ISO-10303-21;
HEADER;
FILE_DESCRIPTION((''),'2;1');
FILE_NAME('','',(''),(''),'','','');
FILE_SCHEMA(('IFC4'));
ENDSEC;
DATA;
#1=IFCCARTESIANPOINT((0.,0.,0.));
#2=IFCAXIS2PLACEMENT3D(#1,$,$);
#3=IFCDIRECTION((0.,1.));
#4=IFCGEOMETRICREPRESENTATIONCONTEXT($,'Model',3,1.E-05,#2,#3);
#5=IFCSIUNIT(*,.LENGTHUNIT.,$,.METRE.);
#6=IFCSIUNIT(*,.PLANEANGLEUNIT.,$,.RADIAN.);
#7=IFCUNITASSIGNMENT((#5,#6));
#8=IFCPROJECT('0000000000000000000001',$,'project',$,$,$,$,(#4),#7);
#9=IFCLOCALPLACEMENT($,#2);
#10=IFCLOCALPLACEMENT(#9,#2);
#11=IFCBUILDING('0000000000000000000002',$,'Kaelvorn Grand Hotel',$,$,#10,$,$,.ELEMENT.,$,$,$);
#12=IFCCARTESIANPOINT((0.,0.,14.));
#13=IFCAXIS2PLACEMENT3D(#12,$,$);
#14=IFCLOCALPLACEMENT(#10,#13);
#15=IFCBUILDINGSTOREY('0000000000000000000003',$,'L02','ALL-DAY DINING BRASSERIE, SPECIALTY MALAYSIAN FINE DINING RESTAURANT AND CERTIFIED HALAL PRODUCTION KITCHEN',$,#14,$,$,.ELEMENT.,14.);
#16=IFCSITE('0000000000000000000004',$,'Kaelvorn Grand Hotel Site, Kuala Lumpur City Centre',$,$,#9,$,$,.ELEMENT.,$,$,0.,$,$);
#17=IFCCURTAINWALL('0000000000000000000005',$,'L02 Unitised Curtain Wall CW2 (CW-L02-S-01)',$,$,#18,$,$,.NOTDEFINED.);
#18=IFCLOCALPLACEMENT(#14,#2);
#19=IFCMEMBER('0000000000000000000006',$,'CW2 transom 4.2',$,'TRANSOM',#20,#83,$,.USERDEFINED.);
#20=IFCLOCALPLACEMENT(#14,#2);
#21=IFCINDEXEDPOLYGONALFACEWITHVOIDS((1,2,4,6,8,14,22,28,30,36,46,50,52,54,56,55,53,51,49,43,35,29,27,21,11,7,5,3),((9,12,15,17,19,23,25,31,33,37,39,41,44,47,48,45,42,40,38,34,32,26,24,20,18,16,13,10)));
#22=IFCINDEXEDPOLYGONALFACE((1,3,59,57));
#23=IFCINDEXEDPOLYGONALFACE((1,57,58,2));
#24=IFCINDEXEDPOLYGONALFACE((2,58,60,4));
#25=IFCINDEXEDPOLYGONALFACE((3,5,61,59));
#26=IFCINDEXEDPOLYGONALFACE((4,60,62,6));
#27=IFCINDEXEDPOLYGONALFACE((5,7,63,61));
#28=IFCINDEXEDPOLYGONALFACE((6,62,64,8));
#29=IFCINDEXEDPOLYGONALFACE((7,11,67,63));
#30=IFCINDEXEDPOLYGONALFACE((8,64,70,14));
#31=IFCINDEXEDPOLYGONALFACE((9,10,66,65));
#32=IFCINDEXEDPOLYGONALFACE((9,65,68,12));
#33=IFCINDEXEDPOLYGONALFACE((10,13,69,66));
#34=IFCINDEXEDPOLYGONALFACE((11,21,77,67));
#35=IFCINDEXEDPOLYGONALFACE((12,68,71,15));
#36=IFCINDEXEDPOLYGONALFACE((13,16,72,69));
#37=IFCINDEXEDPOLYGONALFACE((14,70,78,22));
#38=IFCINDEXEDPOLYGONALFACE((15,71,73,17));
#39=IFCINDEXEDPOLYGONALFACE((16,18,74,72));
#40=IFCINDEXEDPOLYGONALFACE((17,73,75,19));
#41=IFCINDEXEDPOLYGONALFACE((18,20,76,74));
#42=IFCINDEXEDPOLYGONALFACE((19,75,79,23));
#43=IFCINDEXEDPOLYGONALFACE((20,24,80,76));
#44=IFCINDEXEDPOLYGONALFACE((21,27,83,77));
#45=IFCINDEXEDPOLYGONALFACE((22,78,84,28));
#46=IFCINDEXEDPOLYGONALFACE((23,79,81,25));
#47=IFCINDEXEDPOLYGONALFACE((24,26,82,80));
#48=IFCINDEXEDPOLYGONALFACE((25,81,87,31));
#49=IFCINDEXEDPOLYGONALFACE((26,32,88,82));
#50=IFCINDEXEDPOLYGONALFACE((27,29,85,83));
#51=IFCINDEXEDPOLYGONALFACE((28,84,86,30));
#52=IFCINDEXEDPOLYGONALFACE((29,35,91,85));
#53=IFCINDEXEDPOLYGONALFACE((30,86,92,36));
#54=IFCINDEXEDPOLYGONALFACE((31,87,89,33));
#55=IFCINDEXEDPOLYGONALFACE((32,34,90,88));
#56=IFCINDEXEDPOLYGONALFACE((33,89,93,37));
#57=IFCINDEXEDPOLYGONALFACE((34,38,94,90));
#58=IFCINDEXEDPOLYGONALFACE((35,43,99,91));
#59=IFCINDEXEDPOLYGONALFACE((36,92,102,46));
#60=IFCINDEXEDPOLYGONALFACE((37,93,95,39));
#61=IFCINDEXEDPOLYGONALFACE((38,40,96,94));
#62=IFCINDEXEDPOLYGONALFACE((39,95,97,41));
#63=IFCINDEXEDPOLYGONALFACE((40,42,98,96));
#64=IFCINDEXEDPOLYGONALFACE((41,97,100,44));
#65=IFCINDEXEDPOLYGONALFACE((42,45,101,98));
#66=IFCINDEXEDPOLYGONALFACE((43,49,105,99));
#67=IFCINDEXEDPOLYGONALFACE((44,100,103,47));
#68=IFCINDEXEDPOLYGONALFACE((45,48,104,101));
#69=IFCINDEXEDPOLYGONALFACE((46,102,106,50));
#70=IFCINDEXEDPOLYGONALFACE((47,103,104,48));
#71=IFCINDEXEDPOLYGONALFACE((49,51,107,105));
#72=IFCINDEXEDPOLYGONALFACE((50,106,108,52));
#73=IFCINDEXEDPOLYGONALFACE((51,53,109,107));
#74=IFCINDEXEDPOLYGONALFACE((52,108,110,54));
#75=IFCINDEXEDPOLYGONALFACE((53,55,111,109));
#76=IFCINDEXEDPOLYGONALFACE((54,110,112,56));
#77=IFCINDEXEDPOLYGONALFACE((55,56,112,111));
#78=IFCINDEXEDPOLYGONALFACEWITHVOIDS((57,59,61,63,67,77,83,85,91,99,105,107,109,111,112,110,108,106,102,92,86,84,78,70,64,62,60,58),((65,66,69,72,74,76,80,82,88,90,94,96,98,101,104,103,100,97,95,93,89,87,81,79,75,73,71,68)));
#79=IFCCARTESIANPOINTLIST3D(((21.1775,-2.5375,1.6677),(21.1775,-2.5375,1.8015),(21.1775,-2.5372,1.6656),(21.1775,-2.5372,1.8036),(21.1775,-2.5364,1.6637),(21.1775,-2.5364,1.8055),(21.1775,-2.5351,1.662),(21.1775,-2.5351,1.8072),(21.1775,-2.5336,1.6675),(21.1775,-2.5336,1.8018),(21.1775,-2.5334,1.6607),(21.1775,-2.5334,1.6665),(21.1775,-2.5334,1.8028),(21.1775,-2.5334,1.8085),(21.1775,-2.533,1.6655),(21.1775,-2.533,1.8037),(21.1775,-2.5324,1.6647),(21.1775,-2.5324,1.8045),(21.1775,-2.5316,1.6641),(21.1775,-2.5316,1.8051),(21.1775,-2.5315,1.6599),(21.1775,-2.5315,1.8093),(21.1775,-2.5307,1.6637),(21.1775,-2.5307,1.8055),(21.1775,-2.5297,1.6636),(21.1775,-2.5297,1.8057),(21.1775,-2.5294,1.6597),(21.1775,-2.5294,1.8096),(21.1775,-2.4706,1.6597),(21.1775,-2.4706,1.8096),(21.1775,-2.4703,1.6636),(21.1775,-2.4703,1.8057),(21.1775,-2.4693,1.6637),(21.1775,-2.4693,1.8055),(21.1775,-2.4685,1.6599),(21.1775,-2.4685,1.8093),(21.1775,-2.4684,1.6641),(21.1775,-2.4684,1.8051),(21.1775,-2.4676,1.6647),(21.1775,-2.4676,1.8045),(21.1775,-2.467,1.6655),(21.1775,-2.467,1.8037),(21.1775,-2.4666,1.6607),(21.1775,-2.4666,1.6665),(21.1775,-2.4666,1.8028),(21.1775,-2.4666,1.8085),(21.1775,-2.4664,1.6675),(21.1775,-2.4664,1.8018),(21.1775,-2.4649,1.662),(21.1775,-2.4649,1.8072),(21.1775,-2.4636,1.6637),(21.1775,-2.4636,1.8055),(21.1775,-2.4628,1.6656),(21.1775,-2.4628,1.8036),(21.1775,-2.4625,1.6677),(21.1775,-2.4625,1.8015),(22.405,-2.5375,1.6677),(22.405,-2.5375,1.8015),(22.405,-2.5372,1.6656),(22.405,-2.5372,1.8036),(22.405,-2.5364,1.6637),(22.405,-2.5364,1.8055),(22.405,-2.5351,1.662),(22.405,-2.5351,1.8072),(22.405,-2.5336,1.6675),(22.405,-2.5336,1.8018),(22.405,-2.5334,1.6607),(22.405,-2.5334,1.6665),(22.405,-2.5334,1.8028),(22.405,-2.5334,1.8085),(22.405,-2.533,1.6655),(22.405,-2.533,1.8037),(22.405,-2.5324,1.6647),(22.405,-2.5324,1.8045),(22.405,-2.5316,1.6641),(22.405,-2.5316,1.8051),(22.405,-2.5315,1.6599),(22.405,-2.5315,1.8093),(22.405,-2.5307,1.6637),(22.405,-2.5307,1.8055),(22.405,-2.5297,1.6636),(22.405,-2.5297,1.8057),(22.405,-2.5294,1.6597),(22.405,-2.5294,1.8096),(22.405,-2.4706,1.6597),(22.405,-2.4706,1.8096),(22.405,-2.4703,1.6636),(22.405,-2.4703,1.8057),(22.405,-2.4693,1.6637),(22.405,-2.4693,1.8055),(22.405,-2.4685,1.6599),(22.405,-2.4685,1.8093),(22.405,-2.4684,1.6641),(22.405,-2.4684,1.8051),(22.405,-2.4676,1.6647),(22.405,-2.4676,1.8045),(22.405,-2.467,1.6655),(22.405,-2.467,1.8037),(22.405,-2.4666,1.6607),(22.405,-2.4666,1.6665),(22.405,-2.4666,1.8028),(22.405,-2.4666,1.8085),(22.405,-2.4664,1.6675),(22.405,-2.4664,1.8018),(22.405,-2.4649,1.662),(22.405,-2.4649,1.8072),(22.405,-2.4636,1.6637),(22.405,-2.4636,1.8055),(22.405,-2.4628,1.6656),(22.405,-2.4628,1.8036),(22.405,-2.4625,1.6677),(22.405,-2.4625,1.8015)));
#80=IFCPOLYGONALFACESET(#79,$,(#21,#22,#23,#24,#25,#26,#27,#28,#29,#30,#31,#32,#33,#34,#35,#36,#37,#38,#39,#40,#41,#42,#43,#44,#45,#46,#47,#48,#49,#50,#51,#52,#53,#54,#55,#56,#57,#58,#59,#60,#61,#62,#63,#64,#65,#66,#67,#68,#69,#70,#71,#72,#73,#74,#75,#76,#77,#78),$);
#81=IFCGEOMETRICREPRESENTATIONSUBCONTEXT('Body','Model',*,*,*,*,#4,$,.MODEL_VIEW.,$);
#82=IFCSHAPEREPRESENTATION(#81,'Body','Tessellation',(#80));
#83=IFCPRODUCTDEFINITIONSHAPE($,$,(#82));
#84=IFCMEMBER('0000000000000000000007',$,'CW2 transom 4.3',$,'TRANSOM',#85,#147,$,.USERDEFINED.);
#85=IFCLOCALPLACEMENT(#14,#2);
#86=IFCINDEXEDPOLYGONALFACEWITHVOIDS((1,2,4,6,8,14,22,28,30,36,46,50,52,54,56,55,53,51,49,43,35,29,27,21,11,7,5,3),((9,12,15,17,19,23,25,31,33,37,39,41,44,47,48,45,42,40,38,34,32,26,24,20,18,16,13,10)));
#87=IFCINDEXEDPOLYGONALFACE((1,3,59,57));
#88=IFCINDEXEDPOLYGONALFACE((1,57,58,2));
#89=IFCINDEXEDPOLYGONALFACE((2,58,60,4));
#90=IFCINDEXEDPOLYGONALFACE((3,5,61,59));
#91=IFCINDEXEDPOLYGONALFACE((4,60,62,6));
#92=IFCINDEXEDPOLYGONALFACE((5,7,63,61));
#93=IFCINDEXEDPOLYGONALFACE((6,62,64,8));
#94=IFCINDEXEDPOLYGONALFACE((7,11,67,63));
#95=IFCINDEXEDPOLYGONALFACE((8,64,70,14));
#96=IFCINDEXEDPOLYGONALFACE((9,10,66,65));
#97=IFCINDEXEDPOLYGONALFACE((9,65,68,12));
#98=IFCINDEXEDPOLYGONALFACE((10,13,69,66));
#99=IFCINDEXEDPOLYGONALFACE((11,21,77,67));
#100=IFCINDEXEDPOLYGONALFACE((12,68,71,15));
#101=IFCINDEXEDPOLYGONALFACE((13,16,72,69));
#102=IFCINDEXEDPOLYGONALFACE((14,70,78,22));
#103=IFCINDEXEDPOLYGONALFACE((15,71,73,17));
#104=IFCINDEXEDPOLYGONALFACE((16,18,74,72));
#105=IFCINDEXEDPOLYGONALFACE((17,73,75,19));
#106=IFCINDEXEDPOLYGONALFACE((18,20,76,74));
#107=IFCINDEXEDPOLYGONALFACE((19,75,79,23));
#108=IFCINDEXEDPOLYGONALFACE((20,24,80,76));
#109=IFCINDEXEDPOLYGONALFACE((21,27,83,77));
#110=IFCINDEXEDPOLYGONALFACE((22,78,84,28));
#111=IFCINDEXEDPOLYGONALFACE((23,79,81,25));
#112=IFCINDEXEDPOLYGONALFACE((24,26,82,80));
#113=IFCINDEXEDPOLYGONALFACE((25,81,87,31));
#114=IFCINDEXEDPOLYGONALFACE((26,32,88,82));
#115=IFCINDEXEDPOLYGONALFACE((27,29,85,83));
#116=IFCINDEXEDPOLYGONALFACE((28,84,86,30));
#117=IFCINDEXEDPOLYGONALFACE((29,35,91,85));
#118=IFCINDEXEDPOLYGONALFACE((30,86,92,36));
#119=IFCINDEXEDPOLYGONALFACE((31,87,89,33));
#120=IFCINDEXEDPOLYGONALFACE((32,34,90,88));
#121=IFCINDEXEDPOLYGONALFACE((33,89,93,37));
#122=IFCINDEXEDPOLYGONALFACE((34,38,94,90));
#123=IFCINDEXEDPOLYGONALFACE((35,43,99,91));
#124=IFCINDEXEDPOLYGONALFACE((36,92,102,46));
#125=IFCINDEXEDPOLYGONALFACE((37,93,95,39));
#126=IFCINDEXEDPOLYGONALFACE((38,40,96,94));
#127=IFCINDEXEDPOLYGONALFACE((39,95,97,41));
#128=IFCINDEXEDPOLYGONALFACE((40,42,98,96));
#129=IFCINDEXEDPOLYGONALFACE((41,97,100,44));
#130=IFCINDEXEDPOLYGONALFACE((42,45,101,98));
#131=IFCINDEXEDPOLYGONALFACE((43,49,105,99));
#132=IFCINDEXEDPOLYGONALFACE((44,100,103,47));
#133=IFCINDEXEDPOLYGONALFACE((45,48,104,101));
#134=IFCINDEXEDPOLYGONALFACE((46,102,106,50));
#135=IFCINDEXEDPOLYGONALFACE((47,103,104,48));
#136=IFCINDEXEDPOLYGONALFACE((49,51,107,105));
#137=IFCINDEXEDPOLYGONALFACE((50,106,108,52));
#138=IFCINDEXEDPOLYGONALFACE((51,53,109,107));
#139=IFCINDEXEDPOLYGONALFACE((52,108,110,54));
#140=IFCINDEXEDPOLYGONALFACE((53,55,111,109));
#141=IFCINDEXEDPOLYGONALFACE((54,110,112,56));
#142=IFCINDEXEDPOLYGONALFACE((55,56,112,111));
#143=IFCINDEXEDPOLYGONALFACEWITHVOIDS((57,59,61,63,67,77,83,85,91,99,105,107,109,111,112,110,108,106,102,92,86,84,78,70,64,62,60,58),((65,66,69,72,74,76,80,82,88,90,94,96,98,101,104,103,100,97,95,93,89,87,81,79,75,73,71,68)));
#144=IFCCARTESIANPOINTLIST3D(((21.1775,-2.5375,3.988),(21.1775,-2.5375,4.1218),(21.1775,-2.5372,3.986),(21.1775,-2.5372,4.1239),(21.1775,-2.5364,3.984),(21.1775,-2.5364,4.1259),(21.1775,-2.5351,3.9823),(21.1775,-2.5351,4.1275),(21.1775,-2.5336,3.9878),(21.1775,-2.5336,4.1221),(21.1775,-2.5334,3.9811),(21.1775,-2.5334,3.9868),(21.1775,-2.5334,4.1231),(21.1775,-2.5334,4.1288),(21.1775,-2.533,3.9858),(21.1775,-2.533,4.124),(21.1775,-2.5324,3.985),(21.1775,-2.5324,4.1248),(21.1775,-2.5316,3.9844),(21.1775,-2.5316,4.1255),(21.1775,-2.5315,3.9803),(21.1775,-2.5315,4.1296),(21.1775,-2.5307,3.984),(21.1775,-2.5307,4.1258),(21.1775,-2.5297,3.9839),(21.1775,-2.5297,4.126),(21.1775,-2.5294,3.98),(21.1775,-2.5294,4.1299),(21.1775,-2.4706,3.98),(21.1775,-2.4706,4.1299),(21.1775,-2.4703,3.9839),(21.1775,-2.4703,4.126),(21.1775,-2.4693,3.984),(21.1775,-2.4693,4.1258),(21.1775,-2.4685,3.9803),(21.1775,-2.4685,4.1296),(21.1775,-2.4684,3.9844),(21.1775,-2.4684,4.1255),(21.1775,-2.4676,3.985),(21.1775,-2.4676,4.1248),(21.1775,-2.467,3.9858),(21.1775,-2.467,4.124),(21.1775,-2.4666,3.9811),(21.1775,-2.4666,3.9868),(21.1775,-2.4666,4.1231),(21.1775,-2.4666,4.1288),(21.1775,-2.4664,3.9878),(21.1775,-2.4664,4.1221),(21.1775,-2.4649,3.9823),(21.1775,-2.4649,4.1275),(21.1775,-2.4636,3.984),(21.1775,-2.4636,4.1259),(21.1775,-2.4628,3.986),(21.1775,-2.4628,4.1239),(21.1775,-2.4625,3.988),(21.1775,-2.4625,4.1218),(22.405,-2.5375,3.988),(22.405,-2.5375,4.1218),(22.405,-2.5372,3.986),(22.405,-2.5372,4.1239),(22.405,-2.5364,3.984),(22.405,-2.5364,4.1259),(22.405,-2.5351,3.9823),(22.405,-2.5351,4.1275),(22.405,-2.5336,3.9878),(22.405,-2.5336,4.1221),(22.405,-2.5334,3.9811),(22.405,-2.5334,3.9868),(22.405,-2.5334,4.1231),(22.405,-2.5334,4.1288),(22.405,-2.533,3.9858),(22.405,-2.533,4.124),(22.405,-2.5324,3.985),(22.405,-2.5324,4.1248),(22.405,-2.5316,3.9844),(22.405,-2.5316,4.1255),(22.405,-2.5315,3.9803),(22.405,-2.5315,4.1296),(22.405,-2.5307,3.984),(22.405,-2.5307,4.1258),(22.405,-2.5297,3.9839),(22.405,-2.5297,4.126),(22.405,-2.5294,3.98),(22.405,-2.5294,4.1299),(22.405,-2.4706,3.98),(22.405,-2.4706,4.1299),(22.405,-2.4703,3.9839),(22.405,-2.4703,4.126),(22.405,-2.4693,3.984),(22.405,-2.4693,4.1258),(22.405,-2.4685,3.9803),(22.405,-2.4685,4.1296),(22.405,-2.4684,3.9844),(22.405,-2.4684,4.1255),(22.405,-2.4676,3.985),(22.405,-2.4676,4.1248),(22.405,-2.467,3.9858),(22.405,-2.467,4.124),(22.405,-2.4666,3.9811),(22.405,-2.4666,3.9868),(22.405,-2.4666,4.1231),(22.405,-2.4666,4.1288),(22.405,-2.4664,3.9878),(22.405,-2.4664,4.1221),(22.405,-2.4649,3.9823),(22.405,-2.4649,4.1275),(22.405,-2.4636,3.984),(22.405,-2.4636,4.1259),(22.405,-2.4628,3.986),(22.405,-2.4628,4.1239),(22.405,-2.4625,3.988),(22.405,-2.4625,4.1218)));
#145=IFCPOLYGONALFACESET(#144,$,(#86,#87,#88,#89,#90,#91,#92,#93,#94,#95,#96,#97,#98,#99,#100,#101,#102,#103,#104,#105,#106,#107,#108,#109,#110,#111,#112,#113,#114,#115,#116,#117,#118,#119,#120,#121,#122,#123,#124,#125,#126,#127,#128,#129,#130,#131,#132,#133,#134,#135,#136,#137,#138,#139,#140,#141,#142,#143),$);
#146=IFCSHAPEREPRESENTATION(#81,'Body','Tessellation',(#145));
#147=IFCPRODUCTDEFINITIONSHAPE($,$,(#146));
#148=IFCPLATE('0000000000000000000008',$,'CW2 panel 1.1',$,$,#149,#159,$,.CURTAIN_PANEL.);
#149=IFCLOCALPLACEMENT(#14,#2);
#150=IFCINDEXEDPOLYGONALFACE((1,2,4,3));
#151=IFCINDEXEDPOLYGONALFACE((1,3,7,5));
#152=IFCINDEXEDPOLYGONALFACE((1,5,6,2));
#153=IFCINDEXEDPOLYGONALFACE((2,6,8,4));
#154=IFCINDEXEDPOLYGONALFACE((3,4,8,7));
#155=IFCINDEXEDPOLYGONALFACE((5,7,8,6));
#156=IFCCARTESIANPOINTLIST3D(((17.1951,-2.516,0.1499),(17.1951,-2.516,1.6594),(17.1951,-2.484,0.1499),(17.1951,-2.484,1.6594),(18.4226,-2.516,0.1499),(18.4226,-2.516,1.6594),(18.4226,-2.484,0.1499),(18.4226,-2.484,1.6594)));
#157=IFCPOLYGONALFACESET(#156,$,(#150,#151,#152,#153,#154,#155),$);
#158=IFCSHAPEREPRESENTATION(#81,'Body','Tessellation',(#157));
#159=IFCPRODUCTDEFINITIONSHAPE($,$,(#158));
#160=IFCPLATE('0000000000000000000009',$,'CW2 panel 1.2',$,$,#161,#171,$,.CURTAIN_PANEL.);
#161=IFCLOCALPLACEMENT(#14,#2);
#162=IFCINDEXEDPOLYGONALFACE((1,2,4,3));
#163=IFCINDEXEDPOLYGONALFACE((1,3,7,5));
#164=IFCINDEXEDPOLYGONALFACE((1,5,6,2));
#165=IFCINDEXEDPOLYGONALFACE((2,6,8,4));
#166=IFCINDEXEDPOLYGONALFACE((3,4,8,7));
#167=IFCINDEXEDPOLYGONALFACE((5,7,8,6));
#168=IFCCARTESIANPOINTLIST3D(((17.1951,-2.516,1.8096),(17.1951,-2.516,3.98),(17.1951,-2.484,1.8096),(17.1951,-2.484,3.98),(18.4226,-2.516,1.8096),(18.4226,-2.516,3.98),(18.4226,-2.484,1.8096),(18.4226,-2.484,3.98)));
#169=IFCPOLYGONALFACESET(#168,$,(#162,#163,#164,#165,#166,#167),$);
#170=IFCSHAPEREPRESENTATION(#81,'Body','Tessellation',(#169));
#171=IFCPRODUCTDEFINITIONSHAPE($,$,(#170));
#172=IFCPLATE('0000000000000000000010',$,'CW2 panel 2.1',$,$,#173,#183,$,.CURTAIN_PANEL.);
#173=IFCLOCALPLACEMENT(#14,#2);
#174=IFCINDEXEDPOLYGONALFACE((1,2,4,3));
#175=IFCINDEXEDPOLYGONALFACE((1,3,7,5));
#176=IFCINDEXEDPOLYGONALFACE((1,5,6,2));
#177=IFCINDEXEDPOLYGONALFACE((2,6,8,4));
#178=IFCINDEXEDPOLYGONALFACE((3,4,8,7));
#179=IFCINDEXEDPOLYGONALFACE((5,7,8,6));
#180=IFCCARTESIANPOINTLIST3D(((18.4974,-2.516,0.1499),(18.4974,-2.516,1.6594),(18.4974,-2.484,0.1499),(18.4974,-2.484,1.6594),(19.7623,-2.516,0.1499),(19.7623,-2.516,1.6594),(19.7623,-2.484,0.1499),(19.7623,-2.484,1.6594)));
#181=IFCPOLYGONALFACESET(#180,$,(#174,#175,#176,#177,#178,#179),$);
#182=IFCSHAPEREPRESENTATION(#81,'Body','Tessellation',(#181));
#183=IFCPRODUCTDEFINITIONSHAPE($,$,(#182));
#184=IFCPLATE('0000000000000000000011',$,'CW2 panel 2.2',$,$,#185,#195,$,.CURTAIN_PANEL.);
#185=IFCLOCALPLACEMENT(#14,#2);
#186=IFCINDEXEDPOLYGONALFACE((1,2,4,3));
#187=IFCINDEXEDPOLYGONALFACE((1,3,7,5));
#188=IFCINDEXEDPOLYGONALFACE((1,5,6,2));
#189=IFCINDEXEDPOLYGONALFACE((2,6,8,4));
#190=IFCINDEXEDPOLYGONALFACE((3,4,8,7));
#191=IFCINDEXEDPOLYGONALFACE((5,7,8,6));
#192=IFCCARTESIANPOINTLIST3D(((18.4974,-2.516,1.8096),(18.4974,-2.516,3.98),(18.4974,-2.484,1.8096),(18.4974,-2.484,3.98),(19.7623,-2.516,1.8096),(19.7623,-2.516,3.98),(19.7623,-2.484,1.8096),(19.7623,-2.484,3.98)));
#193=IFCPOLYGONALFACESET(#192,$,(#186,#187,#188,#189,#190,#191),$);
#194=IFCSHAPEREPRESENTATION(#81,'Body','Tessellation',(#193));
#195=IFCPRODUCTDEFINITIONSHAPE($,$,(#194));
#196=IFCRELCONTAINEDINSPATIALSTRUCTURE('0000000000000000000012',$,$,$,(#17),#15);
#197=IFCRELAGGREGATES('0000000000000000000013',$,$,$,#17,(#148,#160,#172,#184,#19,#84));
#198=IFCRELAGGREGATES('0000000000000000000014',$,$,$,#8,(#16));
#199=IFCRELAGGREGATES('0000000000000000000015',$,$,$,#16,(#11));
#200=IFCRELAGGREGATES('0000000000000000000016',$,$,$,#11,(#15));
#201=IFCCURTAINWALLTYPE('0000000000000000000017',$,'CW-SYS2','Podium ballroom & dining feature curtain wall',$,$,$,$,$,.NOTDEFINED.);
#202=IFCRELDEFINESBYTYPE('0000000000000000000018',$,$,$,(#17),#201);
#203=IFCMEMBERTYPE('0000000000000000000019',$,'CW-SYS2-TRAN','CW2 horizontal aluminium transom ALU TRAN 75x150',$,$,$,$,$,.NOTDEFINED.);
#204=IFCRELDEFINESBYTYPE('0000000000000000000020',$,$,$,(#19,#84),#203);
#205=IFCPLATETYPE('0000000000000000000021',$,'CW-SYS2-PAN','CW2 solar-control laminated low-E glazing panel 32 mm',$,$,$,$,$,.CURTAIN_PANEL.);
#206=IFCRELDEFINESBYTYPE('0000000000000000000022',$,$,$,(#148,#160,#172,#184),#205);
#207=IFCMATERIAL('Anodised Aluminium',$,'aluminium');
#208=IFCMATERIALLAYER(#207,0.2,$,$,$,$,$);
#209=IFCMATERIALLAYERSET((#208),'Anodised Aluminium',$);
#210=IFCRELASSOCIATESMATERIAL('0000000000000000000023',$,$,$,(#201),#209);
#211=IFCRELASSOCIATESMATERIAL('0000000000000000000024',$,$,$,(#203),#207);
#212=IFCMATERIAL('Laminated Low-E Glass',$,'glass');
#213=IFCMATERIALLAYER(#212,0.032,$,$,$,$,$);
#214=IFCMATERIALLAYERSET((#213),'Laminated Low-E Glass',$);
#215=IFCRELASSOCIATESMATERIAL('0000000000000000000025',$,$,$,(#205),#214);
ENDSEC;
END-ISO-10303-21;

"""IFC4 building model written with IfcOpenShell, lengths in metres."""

from ifc_helpers import new_model, si_unit, direction, frame, origin, origin_2d, place, context, subcontext, project, spatial, rectangle, hollow_rectangle, extrude, material, layer, layer_set, material_profile, profile_set, type_object, element, aggregate, save


model = new_model("IFC4")

# Units and contexts
model_context = context("Model", 3, precision=1e-05, world=origin(), true_north=direction((0.0, 1.0)))
body_context = subcontext(model_context, "Body", "Model", "MODEL_VIEW")
ifc_project = project(units=[si_unit("LENGTHUNIT", "METRE"), si_unit("PLANEANGLEUNIT", "RADIAN")], contexts=[model_context])

# Site, building, storey
site_placement = place(None, origin())
site = spatial("IfcSite", under=ifc_project, at=site_placement, Name="Kaelvorn Grand Hotel Site, Kuala Lumpur City Centre", CompositionType="ELEMENT", RefElevation=0.0)
building_placement = place(site_placement, origin())
building = spatial("IfcBuilding", under=site, at=building_placement, Name="Kaelvorn Grand Hotel", CompositionType="ELEMENT")
storey_placement = place(building_placement, frame((0.0, 0.0, 14.0)))
storey = spatial("IfcBuildingStorey", under=building, at=storey_placement, Name="L02", Description="ALL-DAY DINING BRASSERIE, SPECIALTY MALAYSIAN FINE DINING RESTAURANT AND CERTIFIED HALAL PRODUCTION KITCHEN", CompositionType="ELEMENT", Elevation=14.0)

# Curtain wall, members, plates
ifc_material_1 = material(Name="Anodised Aluminium", Category="aluminium")
ifc_layer_1 = layer(ifc_material_1, 0.2)
ifc_layer_set_1 = layer_set([ifc_layer_1], Name="Anodised Aluminium")
curtain_wall_type = type_object("IfcCurtainWallType", Name="CW-SYS2", Description="Podium ballroom & dining feature curtain wall", PredefinedType="NOTDEFINED", material=ifc_layer_set_1)
curtain_wall_placement = place(storey_placement, origin())
curtain_wall = element("IfcCurtainWall", 1, at=curtain_wall_placement, inside=storey, type_object=curtain_wall_type, Name="L02 Unitised Curtain Wall CW2 (CW-L02-S-01)", PredefinedType="NOTDEFINED")
ifc_material_profile_1 = material_profile(ifc_material_1, hollow_rectangle(XDim=0.075, YDim=0.1499, WallThickness=0.0039, InnerFilletRadius=0.0039, OuterFilletRadius=0.0081, at=origin_2d()), Name="ALU TRAN 75x150")
ifc_profile_set_1 = profile_set([ifc_material_profile_1], Name="Anodised Aluminium")
member_type_1 = type_object("IfcMemberType", Name="CW-SYS2-TRAN", Description="CW2 horizontal aluminium transom ALU TRAN 75x150", PredefinedType="NOTDEFINED", material=ifc_profile_set_1)
member_1_placement = place(storey_placement, frame((21.1775, -2.5, 1.7346), z_axis=(1.0, 0.0, 0.0), x_axis=(0.0, 1.0, 0.0)))
member_1 = element("IfcMember", 2, at=member_1_placement, type_object=member_type_1, Name="CW2 transom 4.2", ObjectType="TRANSOM", PredefinedType="USERDEFINED", context=body_context, shape_type="SweptSolid", body=[
    extrude(hollow_rectangle(XDim=0.075, YDim=0.1499, WallThickness=0.0039, InnerFilletRadius=0.0039, OuterFilletRadius=0.0081, at=origin_2d()), origin(), (0.0, 0.0, 1.0), 1.2275),
])
member_2_placement = place(storey_placement, frame((21.1775, -2.5, 4.0549), z_axis=(1.0, 0.0, 0.0), x_axis=(0.0, 1.0, 0.0)))
member_2 = element("IfcMember", 3, at=member_2_placement, type_object=member_type_1, Name="CW2 transom 4.3", ObjectType="TRANSOM", PredefinedType="USERDEFINED", context=body_context, shape_type="SweptSolid", body=[
    extrude(hollow_rectangle(XDim=0.075, YDim=0.1499, WallThickness=0.0039, InnerFilletRadius=0.0039, OuterFilletRadius=0.0081, at=origin_2d()), origin(), (0.0, 0.0, 1.0), 1.2275),
])
ifc_material_2 = material(Name="Laminated Low-E Glass", Category="glass")
ifc_layer_2 = layer(ifc_material_2, 0.032)
ifc_layer_set_2 = layer_set([ifc_layer_2], Name="Laminated Low-E Glass")
plate_type = type_object("IfcPlateType", Name="CW-SYS2-PAN", Description="CW2 solar-control laminated low-E glazing panel 32 mm", PredefinedType="CURTAIN_PANEL", material=ifc_layer_set_2)
plate_1_placement = place(storey_placement, frame((17.8088, -2.5, 0.1499), z_axis=(0.0, 0.0, 1.0), x_axis=(1.0, 0.0, 0.0)))
plate_1 = element("IfcPlate", 4, at=plate_1_placement, type_object=plate_type, Name="CW2 panel 1.1", PredefinedType="CURTAIN_PANEL", context=body_context, shape_type="SweptSolid", body=[
    extrude(rectangle(XDim=1.2275, YDim=0.032, at=origin_2d()), origin(), (0.0, 0.0, 1.0), 1.5095),
])
plate_2_placement = place(storey_placement, frame((17.8088, -2.5, 1.8096), z_axis=(0.0, 0.0, 1.0), x_axis=(1.0, 0.0, 0.0)))
plate_2 = element("IfcPlate", 5, at=plate_2_placement, type_object=plate_type, Name="CW2 panel 1.2", PredefinedType="CURTAIN_PANEL", context=body_context, shape_type="SweptSolid", body=[
    extrude(rectangle(XDim=1.2275, YDim=0.032, at=origin_2d()), origin(), (0.0, 0.0, 1.0), 2.1704),
])
plate_3_placement = place(storey_placement, frame((19.1299, -2.5, 0.1499), z_axis=(0.0, 0.0, 1.0), x_axis=(1.0, 0.0, 0.0)))
plate_3 = element("IfcPlate", 6, at=plate_3_placement, type_object=plate_type, Name="CW2 panel 2.1", PredefinedType="CURTAIN_PANEL", context=body_context, shape_type="SweptSolid", body=[
    extrude(rectangle(XDim=1.2649, YDim=0.032, at=origin_2d()), origin(), (0.0, 0.0, 1.0), 1.5095),
])
plate_4_placement = place(storey_placement, frame((19.1299, -2.5, 1.8096), z_axis=(0.0, 0.0, 1.0), x_axis=(1.0, 0.0, 0.0)))
plate_4 = element("IfcPlate", 7, at=plate_4_placement, type_object=plate_type, Name="CW2 panel 2.2", PredefinedType="CURTAIN_PANEL", context=body_context, shape_type="SweptSolid", body=[
    extrude(rectangle(XDim=1.2649, YDim=0.032, at=origin_2d()), origin(), (0.0, 0.0, 1.0), 2.1704),
])
aggregate(curtain_wall, [plate_1, plate_2, plate_3, plate_4, member_1, member_2])

save(model, "model.ifc")
